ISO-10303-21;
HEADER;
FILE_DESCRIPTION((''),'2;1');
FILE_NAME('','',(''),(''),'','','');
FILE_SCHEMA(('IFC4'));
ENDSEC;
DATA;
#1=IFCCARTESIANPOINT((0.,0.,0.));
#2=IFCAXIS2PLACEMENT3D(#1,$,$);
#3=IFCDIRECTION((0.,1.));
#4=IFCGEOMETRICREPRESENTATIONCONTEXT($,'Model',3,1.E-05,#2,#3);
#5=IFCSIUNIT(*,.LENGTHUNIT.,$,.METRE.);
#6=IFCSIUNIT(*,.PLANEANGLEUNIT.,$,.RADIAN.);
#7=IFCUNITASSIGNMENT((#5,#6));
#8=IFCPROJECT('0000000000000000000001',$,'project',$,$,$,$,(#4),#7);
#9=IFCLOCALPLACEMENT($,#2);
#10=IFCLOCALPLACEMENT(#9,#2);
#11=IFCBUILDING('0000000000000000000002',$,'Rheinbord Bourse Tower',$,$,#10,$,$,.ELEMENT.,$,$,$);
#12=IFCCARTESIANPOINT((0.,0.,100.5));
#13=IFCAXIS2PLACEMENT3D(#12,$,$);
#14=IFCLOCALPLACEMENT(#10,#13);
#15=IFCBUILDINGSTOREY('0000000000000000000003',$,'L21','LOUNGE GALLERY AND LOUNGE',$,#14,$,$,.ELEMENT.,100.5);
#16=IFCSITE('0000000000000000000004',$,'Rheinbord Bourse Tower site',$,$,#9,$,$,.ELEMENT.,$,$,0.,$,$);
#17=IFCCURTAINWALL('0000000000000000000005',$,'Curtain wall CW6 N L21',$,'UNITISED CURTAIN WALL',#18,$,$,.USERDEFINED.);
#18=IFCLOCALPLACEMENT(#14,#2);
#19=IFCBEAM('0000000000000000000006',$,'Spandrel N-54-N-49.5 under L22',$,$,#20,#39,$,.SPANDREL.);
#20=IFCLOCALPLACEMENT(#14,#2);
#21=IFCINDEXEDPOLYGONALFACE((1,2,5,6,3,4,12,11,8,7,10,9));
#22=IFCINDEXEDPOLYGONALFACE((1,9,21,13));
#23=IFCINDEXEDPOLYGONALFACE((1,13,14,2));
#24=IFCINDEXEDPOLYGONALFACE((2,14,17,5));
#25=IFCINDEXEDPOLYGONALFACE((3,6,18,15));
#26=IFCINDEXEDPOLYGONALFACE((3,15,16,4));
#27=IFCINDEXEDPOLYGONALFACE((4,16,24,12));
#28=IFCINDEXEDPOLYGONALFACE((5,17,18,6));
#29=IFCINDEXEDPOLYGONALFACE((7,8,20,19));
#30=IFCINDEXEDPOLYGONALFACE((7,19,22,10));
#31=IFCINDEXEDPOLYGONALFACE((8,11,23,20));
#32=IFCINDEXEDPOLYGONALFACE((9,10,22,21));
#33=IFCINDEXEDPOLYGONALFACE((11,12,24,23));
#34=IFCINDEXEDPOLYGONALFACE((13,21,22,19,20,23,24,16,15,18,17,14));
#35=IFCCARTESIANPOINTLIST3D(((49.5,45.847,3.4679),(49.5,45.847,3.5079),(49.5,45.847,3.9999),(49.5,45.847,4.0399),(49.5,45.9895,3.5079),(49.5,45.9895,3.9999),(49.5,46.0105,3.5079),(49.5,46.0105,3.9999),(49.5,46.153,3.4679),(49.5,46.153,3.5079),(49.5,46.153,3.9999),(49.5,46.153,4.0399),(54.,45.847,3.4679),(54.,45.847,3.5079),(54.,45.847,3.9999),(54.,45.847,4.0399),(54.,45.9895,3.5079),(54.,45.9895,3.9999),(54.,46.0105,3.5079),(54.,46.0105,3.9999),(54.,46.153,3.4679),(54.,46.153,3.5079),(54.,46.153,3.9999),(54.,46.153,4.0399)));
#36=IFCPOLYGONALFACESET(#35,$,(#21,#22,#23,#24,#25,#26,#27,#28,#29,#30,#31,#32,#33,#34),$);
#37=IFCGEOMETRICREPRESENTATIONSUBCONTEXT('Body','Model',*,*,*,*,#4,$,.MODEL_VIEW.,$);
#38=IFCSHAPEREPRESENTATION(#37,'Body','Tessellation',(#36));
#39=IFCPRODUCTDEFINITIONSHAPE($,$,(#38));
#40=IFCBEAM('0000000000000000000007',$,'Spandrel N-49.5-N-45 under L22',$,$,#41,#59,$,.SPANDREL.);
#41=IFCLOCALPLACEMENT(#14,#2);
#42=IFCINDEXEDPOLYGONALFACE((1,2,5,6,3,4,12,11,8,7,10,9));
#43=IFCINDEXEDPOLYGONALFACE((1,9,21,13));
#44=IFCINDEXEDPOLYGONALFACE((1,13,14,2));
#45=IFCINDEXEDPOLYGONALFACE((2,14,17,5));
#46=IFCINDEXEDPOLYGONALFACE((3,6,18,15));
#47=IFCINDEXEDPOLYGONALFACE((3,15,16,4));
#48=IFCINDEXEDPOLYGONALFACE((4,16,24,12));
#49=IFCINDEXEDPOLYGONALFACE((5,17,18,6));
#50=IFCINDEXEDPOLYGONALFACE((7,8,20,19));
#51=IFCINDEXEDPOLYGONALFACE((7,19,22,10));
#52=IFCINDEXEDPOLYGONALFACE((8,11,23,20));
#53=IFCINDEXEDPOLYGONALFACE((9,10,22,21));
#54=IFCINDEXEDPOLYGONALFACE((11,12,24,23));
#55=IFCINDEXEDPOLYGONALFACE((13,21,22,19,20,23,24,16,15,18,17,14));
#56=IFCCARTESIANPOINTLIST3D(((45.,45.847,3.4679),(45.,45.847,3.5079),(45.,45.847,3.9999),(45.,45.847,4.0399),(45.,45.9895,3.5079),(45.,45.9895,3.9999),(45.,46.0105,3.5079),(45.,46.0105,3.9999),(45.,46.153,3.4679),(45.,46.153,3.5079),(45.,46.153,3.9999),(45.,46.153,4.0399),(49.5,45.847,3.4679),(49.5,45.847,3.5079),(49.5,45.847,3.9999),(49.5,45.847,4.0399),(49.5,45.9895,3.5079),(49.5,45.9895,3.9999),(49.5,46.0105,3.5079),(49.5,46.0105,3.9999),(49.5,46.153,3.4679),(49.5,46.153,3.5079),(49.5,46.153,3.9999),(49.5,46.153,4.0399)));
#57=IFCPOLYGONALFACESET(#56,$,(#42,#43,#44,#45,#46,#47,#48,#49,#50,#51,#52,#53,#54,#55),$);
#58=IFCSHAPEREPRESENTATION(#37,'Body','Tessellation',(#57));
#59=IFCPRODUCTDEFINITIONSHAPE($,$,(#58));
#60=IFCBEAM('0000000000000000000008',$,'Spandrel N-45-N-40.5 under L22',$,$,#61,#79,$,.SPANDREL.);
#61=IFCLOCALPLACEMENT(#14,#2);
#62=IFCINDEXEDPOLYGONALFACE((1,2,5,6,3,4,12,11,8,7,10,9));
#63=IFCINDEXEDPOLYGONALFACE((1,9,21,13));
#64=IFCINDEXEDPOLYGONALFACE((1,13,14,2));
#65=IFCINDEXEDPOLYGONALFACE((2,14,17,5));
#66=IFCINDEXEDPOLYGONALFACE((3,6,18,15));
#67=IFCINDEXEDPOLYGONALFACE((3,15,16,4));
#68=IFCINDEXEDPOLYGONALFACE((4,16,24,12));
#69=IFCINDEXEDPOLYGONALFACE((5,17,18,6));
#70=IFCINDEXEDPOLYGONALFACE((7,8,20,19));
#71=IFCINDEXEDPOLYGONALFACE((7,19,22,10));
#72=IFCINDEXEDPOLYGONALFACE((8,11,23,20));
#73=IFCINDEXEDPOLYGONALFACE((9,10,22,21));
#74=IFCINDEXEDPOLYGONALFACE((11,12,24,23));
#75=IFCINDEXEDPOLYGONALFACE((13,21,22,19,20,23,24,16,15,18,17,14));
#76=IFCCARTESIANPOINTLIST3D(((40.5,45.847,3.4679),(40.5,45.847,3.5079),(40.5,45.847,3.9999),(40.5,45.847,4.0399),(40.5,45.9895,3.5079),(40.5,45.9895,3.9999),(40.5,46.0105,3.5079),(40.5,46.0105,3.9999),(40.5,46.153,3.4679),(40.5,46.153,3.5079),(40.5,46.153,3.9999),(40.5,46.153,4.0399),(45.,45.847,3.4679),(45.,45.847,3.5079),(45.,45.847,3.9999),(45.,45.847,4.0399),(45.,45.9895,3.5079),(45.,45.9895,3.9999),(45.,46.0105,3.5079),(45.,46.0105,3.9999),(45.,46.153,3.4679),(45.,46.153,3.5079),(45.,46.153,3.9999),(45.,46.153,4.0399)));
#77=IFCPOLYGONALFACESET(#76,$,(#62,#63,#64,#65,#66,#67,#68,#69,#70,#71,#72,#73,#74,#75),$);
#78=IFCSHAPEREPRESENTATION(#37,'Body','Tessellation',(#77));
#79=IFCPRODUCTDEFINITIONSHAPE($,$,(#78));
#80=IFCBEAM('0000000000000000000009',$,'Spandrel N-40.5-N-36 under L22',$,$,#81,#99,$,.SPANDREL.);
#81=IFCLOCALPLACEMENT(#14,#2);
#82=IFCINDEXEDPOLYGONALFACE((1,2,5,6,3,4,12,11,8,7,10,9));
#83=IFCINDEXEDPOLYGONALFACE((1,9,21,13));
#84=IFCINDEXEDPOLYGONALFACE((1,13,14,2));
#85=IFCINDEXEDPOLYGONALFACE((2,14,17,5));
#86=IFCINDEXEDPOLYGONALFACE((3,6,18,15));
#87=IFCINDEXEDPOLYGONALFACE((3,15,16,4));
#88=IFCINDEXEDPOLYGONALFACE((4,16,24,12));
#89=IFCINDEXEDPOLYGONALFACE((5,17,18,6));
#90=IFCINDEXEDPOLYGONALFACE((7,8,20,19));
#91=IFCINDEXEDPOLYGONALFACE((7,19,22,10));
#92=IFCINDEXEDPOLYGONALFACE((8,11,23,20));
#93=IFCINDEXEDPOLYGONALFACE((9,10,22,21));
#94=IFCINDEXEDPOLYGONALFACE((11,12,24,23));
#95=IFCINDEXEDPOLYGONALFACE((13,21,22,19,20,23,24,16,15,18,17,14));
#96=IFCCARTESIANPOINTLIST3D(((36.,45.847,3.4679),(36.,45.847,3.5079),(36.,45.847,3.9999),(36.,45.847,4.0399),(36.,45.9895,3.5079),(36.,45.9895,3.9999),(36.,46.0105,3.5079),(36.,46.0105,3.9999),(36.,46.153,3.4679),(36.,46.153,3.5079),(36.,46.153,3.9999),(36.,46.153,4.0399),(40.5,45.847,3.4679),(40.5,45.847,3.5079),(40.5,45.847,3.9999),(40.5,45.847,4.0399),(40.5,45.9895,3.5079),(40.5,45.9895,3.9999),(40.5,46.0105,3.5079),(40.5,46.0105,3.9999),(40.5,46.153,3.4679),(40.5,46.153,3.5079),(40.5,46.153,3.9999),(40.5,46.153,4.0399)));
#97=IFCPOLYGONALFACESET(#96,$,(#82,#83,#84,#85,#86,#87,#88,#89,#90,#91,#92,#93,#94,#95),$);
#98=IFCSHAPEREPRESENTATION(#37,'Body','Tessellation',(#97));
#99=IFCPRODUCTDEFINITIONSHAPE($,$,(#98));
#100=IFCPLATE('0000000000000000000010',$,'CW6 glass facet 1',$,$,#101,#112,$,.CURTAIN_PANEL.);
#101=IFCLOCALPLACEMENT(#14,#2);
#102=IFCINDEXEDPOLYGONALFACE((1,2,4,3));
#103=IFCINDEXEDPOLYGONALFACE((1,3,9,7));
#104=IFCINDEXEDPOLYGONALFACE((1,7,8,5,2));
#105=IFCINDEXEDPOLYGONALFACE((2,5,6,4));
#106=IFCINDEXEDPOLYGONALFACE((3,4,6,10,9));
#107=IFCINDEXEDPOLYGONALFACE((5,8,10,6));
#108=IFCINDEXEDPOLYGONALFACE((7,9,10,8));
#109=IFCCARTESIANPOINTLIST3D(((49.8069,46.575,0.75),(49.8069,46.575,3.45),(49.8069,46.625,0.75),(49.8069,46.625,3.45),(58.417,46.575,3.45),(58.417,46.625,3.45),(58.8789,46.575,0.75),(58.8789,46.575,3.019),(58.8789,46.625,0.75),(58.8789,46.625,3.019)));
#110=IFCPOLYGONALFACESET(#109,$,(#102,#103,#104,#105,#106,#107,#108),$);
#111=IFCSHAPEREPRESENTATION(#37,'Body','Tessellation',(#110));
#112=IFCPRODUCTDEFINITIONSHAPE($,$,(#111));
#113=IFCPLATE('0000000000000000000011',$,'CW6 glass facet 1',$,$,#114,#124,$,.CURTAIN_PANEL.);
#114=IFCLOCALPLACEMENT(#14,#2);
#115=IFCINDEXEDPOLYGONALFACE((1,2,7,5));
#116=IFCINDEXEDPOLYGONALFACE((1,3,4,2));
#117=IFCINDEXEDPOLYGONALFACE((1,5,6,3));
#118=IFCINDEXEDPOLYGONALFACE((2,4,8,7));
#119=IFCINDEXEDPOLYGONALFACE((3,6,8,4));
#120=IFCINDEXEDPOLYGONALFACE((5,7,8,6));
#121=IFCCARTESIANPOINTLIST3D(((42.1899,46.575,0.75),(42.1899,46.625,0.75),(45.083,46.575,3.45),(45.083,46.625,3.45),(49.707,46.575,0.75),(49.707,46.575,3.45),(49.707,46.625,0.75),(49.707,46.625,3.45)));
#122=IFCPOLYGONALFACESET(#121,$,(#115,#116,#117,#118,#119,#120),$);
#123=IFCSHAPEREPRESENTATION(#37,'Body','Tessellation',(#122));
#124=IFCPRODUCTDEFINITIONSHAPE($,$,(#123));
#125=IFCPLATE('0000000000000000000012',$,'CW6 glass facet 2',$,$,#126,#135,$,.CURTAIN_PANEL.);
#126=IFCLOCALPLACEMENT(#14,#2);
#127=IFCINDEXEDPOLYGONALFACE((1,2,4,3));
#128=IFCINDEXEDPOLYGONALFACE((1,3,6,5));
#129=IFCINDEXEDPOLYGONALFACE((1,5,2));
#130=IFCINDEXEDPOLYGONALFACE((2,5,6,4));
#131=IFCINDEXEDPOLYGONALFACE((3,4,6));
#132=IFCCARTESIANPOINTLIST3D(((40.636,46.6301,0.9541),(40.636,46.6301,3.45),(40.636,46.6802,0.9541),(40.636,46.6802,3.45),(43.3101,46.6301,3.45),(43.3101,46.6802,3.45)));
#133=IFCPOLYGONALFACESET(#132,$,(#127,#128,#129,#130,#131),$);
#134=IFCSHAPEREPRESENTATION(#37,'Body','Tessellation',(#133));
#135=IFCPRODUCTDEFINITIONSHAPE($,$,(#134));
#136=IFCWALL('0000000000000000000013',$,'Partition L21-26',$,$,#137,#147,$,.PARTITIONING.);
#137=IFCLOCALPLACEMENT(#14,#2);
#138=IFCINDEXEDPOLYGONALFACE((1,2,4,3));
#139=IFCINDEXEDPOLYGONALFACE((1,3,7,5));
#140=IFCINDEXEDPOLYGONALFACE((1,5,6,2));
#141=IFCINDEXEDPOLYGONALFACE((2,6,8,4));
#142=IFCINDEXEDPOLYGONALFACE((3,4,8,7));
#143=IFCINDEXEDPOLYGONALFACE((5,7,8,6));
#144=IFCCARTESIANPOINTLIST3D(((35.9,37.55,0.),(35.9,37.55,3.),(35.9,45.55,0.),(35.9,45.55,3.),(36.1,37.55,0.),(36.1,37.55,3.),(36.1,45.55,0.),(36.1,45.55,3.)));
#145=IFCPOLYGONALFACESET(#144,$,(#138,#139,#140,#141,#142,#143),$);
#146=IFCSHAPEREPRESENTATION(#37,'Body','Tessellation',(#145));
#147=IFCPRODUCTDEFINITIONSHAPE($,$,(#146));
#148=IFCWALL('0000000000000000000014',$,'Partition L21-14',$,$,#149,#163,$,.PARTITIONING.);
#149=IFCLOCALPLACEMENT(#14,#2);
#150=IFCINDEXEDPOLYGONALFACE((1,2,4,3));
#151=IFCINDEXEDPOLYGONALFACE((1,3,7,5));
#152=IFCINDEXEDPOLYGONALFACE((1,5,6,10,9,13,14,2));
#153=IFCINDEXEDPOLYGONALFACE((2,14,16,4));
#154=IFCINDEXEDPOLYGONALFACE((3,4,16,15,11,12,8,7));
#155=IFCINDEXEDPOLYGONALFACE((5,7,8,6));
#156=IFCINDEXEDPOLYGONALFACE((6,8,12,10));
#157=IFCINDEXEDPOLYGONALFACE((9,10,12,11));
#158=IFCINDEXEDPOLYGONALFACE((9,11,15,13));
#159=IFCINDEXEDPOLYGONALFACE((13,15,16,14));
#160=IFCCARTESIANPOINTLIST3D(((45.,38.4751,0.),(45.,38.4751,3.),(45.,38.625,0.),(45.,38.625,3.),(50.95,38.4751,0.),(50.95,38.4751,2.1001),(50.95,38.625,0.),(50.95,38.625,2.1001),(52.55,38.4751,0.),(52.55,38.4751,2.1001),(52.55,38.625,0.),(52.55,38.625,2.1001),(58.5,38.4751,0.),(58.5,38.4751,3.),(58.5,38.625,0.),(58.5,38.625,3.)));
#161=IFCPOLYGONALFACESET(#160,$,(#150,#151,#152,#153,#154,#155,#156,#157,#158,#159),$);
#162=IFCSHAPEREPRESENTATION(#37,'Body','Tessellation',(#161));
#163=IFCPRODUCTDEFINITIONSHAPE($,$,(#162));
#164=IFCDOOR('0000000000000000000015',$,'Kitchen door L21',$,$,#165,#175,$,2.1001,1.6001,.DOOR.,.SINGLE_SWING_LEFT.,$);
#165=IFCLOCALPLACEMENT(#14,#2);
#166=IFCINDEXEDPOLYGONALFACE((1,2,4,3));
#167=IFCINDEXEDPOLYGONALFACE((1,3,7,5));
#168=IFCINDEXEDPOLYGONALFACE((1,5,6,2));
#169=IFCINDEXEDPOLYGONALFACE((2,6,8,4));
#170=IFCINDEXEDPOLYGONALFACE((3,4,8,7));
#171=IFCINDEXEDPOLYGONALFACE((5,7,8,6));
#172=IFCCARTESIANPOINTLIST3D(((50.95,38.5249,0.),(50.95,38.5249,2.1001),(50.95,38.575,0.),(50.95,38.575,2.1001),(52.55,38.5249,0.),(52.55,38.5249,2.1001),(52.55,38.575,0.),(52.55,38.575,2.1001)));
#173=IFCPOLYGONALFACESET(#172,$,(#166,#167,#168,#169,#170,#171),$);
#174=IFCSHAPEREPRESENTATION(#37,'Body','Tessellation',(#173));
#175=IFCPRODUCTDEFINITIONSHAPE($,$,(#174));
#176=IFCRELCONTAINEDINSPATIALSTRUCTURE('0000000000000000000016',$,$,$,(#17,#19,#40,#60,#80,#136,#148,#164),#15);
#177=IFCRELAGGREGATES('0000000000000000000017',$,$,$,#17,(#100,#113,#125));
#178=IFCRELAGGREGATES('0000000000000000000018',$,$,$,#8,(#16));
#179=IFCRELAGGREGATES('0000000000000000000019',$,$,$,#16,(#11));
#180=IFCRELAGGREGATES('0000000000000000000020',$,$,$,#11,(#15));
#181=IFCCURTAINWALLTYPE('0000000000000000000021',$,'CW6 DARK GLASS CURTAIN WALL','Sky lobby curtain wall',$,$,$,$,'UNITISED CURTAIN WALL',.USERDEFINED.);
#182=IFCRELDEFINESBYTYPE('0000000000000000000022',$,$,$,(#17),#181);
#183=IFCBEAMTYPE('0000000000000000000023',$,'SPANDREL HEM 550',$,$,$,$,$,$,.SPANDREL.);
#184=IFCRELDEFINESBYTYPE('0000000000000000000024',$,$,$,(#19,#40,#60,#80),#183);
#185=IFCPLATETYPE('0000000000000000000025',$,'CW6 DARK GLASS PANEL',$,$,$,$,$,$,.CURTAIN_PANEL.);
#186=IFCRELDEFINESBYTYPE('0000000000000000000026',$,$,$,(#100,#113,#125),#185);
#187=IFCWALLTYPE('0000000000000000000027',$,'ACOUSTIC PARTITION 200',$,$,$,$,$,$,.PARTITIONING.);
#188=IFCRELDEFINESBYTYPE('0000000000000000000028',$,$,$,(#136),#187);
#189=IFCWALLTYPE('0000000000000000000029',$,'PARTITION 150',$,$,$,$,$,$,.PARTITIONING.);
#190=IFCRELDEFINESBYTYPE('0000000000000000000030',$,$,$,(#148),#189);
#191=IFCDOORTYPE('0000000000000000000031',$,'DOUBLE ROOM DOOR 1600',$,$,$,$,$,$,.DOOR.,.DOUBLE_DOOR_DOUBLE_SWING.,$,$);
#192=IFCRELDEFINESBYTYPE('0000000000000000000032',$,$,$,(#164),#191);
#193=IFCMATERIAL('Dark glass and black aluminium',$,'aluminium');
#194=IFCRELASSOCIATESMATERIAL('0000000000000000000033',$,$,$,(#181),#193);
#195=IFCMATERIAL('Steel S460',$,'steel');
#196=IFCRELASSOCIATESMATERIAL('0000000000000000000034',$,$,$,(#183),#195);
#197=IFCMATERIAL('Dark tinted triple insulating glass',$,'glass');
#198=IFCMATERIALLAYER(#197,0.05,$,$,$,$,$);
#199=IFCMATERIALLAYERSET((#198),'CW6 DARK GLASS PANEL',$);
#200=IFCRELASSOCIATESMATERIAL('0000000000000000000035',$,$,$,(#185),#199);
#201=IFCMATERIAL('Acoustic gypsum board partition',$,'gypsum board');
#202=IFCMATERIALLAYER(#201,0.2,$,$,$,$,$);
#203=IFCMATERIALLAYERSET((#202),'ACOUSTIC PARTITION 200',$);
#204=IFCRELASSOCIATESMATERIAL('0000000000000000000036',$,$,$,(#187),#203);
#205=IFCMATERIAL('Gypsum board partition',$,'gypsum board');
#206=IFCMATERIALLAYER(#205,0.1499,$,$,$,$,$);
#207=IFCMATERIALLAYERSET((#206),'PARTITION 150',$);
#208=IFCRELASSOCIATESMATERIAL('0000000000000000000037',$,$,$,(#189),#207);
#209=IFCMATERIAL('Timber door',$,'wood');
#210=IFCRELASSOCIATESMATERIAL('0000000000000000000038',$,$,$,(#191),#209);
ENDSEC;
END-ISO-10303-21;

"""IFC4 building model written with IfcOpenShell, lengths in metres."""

from ifc_helpers import new_model, si_unit, direction, frame, frame_2d, origin, origin_2d, place, context, subcontext, project, spatial, polyline, rectangle, i_section, outline, extrude, material, layer, layer_set, material_profile, profile_set, type_object, element, fill, aggregate, save


model = new_model("IFC4")

# Units and contexts
model_context = context("Model", 3, precision=1e-05, world=origin(), true_north=direction((0.0, 1.0)))
body_context = subcontext(model_context, "Body", "Model", "MODEL_VIEW")
ifc_project = project(units=[si_unit("LENGTHUNIT", "METRE"), si_unit("PLANEANGLEUNIT", "RADIAN")], contexts=[model_context])

# Site, building, storey
site_placement = place(None, origin())
site = spatial("IfcSite", under=ifc_project, at=site_placement, Name="Rheinbord Bourse Tower site", CompositionType="ELEMENT", RefElevation=0.0)
building_placement = place(site_placement, origin())
building = spatial("IfcBuilding", under=site, at=building_placement, Name="Rheinbord Bourse Tower", CompositionType="ELEMENT")
storey_placement = place(building_placement, frame((0.0, 0.0, 100.5)))
storey = spatial("IfcBuildingStorey", under=building, at=storey_placement, Name="L21", Description="LOUNGE GALLERY AND LOUNGE", CompositionType="ELEMENT", Elevation=100.5)

# Curtain wall
ifc_material_1 = material(Name="Dark glass and black aluminium", Category="aluminium")
curtain_wall_type = type_object("IfcCurtainWallType", Name="CW6 DARK GLASS CURTAIN WALL", Description="Sky lobby curtain wall", ElementType="UNITISED CURTAIN WALL", PredefinedType="USERDEFINED", material=ifc_material_1)
curtain_wall_placement = place(storey_placement, origin())
curtain_wall = element("IfcCurtainWall", 1, at=curtain_wall_placement, inside=storey, type_object=curtain_wall_type, Name="Curtain wall CW6 N L21", ObjectType="UNITISED CURTAIN WALL", PredefinedType="USERDEFINED")

# Beams
ifc_material_2 = material(Name="Steel S460", Category="steel")
ifc_material_profile_1 = material_profile(ifc_material_2, i_section(OverallWidth=0.3059, OverallDepth=0.572, WebThickness=0.021, FlangeThickness=0.04, at=origin_2d()), Name="HEM 550")
ifc_profile_set_1 = profile_set([ifc_material_profile_1], Name="Steel S460")
beam_type_1 = type_object("IfcBeamType", Name="SPANDREL HEM 550", PredefinedType="SPANDREL", material=ifc_profile_set_1)
for number, where, z_axis, x_axis, name in (
    (2, (54.0, 46.0, 3.7539), (-1.0, 0.0, 0.0), (0.0, -1.0, 0.0), "Spandrel N-54-N-49.5 under L22"),
    (3, (49.5, 46.0, 3.7539), (-1.0, 0.0, 0.0), (0.0, -1.0, 0.0), "Spandrel N-49.5-N-45 under L22"),
    (4, (45.0, 46.0, 3.7539), (-1.0, 0.0, 0.0), (0.0, -1.0, 0.0), "Spandrel N-45-N-40.5 under L22"),
    (5, (40.5, 46.0, 3.7539), (-1.0, 0.0, 0.0), (0.0, -1.0, 0.0), "Spandrel N-40.5-N-36 under L22"),
):
    element("IfcBeam", number, at=place(storey_placement, frame(where, z_axis=z_axis, x_axis=x_axis)), inside=storey, type_object=beam_type_1, Name=name, PredefinedType="SPANDREL", context=body_context, shape_type="SweptSolid", body=[
        extrude(i_section(OverallWidth=0.3059, OverallDepth=0.572, WebThickness=0.021, FlangeThickness=0.04, at=origin_2d()), origin(), (0.0, 0.0, 1.0), 4.5),
    ])

# Plates
ifc_material_3 = material(Name="Dark tinted triple insulating glass", Category="glass")
ifc_layer_1 = layer(ifc_material_3, 0.05)
ifc_layer_set_1 = layer_set([ifc_layer_1], Name="CW6 DARK GLASS PANEL")
plate_type = type_object("IfcPlateType", Name="CW6 DARK GLASS PANEL", PredefinedType="CURTAIN_PANEL", material=ifc_layer_set_1)
plate_1_placement = place(storey_placement, frame((49.8069, 46.625, 3.45), z_axis=(0.0, -1.0, 0.0), x_axis=(0.0, 0.0, -1.0)))
plate_1 = element("IfcPlate", 6, at=plate_1_placement, type_object=plate_type, Name="CW6 glass facet 1", PredefinedType="CURTAIN_PANEL", context=body_context, shape_type="SweptSolid", body=[
    extrude(outline(polyline([(0.0, 0.0), (2.7, 0.0), (2.7, 9.072), (0.4309, 9.072), (0.0, 8.6101), (0.0, 0.0)])), origin(), (0.0, 0.0, 1.0), 0.05),
])
plate_2_placement = place(storey_placement, frame((49.707, 46.625, 0.75), z_axis=(0.0, -1.0, 0.0), x_axis=(0.0, 0.0, 1.0)))
plate_2 = element("IfcPlate", 7, at=plate_2_placement, type_object=plate_type, Name="CW6 glass facet 1", PredefinedType="CURTAIN_PANEL", context=body_context, shape_type="SweptSolid", body=[
    extrude(outline(polyline([(0.0, 0.0), (2.7, 0.0), (2.7, 4.624), (0.0, 7.5171), (0.0, 0.0)])), origin(), (0.0, 0.0, 1.0), 0.05),
])
plate_3_placement = place(storey_placement, frame((40.636, 46.6802, 3.45), z_axis=(0.0, -1.0, 0.0), x_axis=(0.0, 0.0, -1.0)))
plate_3 = element("IfcPlate", 8, at=plate_3_placement, type_object=plate_type, Name="CW6 glass facet 2", PredefinedType="CURTAIN_PANEL", context=body_context, shape_type="SweptSolid", body=[
    extrude(outline(polyline([(0.0, 0.0), (2.4958, 0.0), (0.0, 2.6741), (0.0, 0.0)])), origin(), (0.0, 0.0, 1.0), 0.05),
])
aggregate(curtain_wall, [plate_1, plate_2, plate_3])

# Wall
ifc_material_4 = material(Name="Acoustic gypsum board partition", Category="gypsum board")
ifc_layer_2 = layer(ifc_material_4, 0.2)
ifc_layer_set_2 = layer_set([ifc_layer_2], Name="ACOUSTIC PARTITION 200")
wall_type_1 = type_object("IfcWallType", Name="ACOUSTIC PARTITION 200", PredefinedType="PARTITIONING", material=ifc_layer_set_2)
wall_1_placement = place(storey_placement, frame((36.0, 37.55, 0.0), z_axis=(0.0, 0.0, 1.0), x_axis=(0.0, 1.0, 0.0)))
element("IfcWall", 9, at=wall_1_placement, inside=storey, type_object=wall_type_1, Name="Partition L21-26", PredefinedType="PARTITIONING", context=body_context, shape_type="SweptSolid", body=[
    extrude(rectangle(XDim=8.0, YDim=0.2, at=frame_2d((4.0, 0.0))), origin(), (0.0, 0.0, 1.0), 3.0),
])

# Wall, opening, door
ifc_material_5 = material(Name="Gypsum board partition", Category="gypsum board")
ifc_layer_3 = layer(ifc_material_5, 0.1499)
ifc_layer_set_3 = layer_set([ifc_layer_3], Name="PARTITION 150")
wall_type_2 = type_object("IfcWallType", Name="PARTITION 150", PredefinedType="PARTITIONING", material=ifc_layer_set_3)
wall_2_placement = place(storey_placement, frame((45.0, 38.55, 0.0), z_axis=(0.0, 0.0, 1.0), x_axis=(1.0, 0.0, 0.0)))
wall_2 = element("IfcWall", 10, at=wall_2_placement, inside=storey, type_object=wall_type_2, Name="Partition L21-14", PredefinedType="PARTITIONING", context=body_context, shape_type="SweptSolid", body=[
    extrude(rectangle(XDim=13.5, YDim=0.1499, at=frame_2d((6.75, 0.0))), origin(), (0.0, 0.0, 1.0), 3.0),
])
opening_1_placement = place(wall_2_placement, frame((5.95, 0.0, 0.0)))
opening_1 = element("IfcOpeningElement", 11, at=opening_1_placement, cuts=wall_2, PredefinedType="OPENING", context=body_context, shape_type="SweptSolid", body=[
    extrude(rectangle(XDim=1.6001, YDim=2.1001, at=frame_2d((0.8, 1.05))), frame((0.0, 0.085, 0.0), z_axis=(0.0, -1.0, 0.0), x_axis=(1.0, 0.0, 0.0)), (0.0, 0.0, 1.0), 0.1699),
])
ifc_material_6 = material(Name="Timber door", Category="wood")
door_type_1 = type_object("IfcDoorType", Name="DOUBLE ROOM DOOR 1600", OperationType="DOUBLE_DOOR_DOUBLE_SWING", PredefinedType="DOOR", material=ifc_material_6)
door_1_placement = place(opening_1_placement, origin())
door_1 = element("IfcDoor", 12, at=door_1_placement, inside=storey, type_object=door_type_1, Name="Kitchen door L21", OperationType="SINGLE_SWING_LEFT", OverallHeight=2.1001, OverallWidth=1.6001, PredefinedType="DOOR", context=body_context, shape_type="SweptSolid", body=[
    extrude(rectangle(XDim=1.6001, YDim=2.1001, at=frame_2d((0.8, 1.05))), frame((0.0, 0.0249, 0.0), z_axis=(0.0, -1.0, 0.0), x_axis=(1.0, 0.0, 0.0)), (0.0, 0.0, 1.0), 0.05),
])
fill(opening_1, door_1)

save(model, "model.ifc")
